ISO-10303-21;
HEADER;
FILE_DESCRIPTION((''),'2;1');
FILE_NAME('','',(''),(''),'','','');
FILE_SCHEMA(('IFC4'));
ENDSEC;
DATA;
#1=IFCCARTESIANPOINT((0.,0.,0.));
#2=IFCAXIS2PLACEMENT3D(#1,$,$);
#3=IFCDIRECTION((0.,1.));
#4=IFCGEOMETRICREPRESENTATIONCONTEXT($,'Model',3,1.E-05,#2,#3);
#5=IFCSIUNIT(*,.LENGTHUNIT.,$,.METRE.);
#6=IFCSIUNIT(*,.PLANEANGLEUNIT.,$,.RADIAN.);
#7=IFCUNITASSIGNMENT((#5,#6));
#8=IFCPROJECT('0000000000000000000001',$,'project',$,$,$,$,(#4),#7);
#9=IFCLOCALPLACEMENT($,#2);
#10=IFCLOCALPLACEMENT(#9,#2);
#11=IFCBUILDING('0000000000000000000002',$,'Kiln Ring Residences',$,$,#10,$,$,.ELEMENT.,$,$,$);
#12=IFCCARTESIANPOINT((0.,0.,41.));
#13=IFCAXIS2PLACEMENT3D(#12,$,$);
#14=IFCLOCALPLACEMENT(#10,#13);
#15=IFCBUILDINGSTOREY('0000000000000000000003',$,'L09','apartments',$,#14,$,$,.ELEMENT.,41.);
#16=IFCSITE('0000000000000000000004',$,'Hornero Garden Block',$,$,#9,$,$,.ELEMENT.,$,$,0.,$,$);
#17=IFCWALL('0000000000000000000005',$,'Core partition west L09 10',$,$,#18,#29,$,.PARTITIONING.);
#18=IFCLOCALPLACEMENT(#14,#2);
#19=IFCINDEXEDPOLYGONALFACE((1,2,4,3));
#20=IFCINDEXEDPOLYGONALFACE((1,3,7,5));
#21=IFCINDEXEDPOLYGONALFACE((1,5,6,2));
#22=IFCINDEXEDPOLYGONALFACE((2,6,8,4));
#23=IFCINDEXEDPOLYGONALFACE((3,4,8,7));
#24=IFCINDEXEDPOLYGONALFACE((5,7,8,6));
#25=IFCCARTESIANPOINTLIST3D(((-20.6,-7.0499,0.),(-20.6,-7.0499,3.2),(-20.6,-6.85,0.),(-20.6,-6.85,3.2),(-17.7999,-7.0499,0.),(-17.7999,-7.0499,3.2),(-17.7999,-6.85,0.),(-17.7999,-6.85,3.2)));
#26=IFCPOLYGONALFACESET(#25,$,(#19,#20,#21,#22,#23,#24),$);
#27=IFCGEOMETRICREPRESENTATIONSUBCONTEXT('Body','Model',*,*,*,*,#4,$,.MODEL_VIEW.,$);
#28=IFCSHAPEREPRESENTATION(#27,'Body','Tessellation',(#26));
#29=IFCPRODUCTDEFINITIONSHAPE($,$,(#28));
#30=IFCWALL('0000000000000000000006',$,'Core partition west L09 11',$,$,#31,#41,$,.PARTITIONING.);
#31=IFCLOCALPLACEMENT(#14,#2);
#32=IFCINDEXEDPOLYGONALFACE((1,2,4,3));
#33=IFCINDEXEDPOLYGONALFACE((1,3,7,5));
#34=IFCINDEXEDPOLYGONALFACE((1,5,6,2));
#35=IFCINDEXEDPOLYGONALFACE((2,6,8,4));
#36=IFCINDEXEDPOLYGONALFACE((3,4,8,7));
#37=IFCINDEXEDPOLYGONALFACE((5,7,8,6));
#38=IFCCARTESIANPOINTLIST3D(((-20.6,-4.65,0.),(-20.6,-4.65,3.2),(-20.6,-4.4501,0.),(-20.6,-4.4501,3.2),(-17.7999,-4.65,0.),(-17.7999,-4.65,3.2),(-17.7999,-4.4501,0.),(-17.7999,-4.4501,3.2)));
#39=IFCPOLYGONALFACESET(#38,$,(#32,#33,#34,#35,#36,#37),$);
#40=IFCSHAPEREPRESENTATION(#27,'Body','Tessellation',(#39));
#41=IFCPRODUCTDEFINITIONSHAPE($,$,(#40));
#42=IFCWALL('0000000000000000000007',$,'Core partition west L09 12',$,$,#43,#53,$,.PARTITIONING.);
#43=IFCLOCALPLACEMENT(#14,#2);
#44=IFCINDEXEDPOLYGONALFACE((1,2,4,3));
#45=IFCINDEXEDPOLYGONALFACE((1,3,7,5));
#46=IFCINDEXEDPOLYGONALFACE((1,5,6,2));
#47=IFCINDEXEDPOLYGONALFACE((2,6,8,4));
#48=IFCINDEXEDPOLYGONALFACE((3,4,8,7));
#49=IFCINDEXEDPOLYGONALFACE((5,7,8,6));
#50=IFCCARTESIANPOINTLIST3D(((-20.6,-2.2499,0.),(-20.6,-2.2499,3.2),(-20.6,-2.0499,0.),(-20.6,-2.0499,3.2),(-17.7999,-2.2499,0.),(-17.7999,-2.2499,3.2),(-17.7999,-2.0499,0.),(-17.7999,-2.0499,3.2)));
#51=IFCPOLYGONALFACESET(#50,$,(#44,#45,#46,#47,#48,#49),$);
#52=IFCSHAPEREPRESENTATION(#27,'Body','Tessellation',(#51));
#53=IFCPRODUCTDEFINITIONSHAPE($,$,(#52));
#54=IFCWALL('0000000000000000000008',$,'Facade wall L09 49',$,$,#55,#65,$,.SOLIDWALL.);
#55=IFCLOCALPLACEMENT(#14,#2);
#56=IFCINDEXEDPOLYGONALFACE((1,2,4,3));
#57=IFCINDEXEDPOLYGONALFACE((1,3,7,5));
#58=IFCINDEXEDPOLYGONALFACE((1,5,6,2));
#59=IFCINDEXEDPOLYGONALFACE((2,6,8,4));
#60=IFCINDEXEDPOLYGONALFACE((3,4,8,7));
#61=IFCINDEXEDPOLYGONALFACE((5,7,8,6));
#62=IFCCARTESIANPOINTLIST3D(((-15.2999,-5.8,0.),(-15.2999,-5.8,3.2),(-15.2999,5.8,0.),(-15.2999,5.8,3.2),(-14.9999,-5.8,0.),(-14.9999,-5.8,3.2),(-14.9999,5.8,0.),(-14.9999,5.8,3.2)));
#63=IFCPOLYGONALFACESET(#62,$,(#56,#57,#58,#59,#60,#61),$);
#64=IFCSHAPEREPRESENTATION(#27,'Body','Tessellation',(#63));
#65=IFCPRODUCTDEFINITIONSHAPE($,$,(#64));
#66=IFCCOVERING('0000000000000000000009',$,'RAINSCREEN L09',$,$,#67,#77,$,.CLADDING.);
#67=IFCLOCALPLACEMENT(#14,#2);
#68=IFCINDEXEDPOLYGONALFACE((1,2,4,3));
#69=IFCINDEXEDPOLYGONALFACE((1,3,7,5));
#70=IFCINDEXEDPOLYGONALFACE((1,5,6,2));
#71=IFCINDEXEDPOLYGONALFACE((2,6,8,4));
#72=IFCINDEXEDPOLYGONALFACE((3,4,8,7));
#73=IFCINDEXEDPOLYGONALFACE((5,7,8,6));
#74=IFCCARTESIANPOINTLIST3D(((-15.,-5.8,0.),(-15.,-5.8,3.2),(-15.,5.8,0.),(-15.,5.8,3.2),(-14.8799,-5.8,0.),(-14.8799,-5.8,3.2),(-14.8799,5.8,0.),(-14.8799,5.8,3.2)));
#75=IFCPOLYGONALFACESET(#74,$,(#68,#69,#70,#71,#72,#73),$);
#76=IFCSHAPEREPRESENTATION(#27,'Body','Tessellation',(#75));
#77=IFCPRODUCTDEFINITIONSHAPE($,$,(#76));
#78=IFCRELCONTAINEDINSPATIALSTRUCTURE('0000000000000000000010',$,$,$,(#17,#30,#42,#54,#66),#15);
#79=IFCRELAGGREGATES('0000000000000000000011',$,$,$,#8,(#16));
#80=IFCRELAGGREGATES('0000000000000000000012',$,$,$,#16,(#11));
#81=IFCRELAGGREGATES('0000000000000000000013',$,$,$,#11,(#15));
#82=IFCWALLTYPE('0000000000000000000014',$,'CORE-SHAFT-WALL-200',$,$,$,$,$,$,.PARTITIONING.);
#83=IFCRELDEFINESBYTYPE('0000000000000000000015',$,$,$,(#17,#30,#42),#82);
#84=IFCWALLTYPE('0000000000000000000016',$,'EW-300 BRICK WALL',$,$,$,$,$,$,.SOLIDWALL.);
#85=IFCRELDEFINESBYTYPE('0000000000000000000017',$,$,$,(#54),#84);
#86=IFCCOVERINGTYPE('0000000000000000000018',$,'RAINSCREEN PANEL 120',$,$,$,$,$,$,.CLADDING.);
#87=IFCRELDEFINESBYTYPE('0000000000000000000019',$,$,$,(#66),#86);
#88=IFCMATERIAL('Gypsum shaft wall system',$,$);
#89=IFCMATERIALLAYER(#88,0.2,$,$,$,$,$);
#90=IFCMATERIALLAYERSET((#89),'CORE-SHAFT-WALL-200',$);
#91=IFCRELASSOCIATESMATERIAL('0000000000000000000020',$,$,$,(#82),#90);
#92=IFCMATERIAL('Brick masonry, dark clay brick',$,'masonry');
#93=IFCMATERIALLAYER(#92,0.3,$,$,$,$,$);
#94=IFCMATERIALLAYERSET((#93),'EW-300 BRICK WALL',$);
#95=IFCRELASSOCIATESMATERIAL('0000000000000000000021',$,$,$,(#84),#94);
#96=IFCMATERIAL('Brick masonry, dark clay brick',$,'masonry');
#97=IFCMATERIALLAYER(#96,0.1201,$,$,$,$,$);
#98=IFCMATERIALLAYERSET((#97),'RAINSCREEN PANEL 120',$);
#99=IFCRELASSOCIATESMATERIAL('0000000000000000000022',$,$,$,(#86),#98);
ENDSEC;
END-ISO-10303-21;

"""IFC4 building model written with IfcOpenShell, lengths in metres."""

from ifc_helpers import new_model, si_unit, direction, frame, frame_2d, origin, place, context, subcontext, project, spatial, polyline, rectangle, outline, extrude, material, layer, layer_set, type_object, element, save


model = new_model("IFC4")

# Units and contexts
model_context = context("Model", 3, precision=1e-05, world=origin(), true_north=direction((0.0, 1.0)))
body_context = subcontext(model_context, "Body", "Model", "MODEL_VIEW")
ifc_project = project(units=[si_unit("LENGTHUNIT", "METRE"), si_unit("PLANEANGLEUNIT", "RADIAN")], contexts=[model_context])

# Site, building, storey
site_placement = place(None, origin())
site = spatial("IfcSite", under=ifc_project, at=site_placement, Name="Hornero Garden Block", CompositionType="ELEMENT", RefElevation=0.0)
building_placement = place(site_placement, origin())
building = spatial("IfcBuilding", under=site, at=building_placement, Name="Kiln Ring Residences", CompositionType="ELEMENT")
storey_placement = place(building_placement, frame((0.0, 0.0, 41.0)))
storey = spatial("IfcBuildingStorey", under=building, at=storey_placement, Name="L09", Description="apartments", CompositionType="ELEMENT", Elevation=41.0)

# Walls
ifc_material_1 = material(Name="Gypsum shaft wall system")
ifc_layer_1 = layer(ifc_material_1, 0.2)
ifc_layer_set_1 = layer_set([ifc_layer_1], Name="CORE-SHAFT-WALL-200")
wall_type_1 = type_object("IfcWallType", Name="CORE-SHAFT-WALL-200", PredefinedType="PARTITIONING", material=ifc_layer_set_1)
for number, where, z_axis, x_axis, name in (
    (1, (-17.8, -6.95, 0.0), (0.0, 0.0, 1.0), (-1.0, 0.0, 0.0), "Core partition west L09 10"),
    (2, (-17.8, -4.55, 0.0), (0.0, 0.0, 1.0), (-1.0, 0.0, 0.0), "Core partition west L09 11"),
    (3, (-17.8, -2.1499, 0.0), (0.0, 0.0, 1.0), (-1.0, 0.0, 0.0), "Core partition west L09 12"),
):
    element("IfcWall", number, at=place(storey_placement, frame(where, z_axis=z_axis, x_axis=x_axis)), inside=storey, type_object=wall_type_1, Name=name, PredefinedType="PARTITIONING", context=body_context, shape_type="SweptSolid", body=[
        extrude(rectangle(XDim=2.8, YDim=0.2, at=frame_2d((1.3999, 0.0))), origin(), (0.0, 0.0, 1.0), 3.2),
    ])
ifc_material_2 = material(Name="Brick masonry, dark clay brick", Category="masonry")
ifc_layer_2 = layer(ifc_material_2, 0.3)
ifc_layer_set_2 = layer_set([ifc_layer_2], Name="EW-300 BRICK WALL")
wall_type_2 = type_object("IfcWallType", Name="EW-300 BRICK WALL", PredefinedType="SOLIDWALL", material=ifc_layer_set_2)
wall_placement = place(storey_placement, frame((-15.1499, -5.8, 0.0), z_axis=(0.0, 0.0, 1.0), x_axis=(0.0, 1.0, 0.0)))
element("IfcWall", 4, at=wall_placement, inside=storey, type_object=wall_type_2, Name="Facade wall L09 49", PredefinedType="SOLIDWALL", context=body_context, shape_type="SweptSolid", body=[
    extrude(rectangle(XDim=11.6001, YDim=0.3, at=frame_2d((5.8, 0.0))), origin(), (0.0, 0.0, 1.0), 3.2),
])

# Covering
ifc_material_3 = material(Name="Brick masonry, dark clay brick", Category="masonry")
ifc_layer_3 = layer(ifc_material_3, 0.1201)
ifc_layer_set_3 = layer_set([ifc_layer_3], Name="RAINSCREEN PANEL 120")
covering_type = type_object("IfcCoveringType", Name="RAINSCREEN PANEL 120", PredefinedType="CLADDING", material=ifc_layer_set_3)
covering_placement = place(storey_placement, frame((-14.9399, -5.8, 0.0), z_axis=(0.0, 0.0, 1.0), x_axis=(0.0, 1.0, 0.0)))
element("IfcCovering", 5, at=covering_placement, inside=storey, type_object=covering_type, Name="RAINSCREEN L09", PredefinedType="CLADDING", context=body_context, shape_type="SweptSolid", body=[
    extrude(outline(polyline([(0.0, 0.0), (11.6001, 0.0), (11.6001, 3.2), (0.0, 3.2), (0.0, 0.0)])), frame((0.0, 0.0601, 0.0), z_axis=(0.0, -1.0, 0.0), x_axis=(1.0, 0.0, 0.0)), (0.0, 0.0, 1.0), 0.1201),
])

save(model, "model.ifc")
